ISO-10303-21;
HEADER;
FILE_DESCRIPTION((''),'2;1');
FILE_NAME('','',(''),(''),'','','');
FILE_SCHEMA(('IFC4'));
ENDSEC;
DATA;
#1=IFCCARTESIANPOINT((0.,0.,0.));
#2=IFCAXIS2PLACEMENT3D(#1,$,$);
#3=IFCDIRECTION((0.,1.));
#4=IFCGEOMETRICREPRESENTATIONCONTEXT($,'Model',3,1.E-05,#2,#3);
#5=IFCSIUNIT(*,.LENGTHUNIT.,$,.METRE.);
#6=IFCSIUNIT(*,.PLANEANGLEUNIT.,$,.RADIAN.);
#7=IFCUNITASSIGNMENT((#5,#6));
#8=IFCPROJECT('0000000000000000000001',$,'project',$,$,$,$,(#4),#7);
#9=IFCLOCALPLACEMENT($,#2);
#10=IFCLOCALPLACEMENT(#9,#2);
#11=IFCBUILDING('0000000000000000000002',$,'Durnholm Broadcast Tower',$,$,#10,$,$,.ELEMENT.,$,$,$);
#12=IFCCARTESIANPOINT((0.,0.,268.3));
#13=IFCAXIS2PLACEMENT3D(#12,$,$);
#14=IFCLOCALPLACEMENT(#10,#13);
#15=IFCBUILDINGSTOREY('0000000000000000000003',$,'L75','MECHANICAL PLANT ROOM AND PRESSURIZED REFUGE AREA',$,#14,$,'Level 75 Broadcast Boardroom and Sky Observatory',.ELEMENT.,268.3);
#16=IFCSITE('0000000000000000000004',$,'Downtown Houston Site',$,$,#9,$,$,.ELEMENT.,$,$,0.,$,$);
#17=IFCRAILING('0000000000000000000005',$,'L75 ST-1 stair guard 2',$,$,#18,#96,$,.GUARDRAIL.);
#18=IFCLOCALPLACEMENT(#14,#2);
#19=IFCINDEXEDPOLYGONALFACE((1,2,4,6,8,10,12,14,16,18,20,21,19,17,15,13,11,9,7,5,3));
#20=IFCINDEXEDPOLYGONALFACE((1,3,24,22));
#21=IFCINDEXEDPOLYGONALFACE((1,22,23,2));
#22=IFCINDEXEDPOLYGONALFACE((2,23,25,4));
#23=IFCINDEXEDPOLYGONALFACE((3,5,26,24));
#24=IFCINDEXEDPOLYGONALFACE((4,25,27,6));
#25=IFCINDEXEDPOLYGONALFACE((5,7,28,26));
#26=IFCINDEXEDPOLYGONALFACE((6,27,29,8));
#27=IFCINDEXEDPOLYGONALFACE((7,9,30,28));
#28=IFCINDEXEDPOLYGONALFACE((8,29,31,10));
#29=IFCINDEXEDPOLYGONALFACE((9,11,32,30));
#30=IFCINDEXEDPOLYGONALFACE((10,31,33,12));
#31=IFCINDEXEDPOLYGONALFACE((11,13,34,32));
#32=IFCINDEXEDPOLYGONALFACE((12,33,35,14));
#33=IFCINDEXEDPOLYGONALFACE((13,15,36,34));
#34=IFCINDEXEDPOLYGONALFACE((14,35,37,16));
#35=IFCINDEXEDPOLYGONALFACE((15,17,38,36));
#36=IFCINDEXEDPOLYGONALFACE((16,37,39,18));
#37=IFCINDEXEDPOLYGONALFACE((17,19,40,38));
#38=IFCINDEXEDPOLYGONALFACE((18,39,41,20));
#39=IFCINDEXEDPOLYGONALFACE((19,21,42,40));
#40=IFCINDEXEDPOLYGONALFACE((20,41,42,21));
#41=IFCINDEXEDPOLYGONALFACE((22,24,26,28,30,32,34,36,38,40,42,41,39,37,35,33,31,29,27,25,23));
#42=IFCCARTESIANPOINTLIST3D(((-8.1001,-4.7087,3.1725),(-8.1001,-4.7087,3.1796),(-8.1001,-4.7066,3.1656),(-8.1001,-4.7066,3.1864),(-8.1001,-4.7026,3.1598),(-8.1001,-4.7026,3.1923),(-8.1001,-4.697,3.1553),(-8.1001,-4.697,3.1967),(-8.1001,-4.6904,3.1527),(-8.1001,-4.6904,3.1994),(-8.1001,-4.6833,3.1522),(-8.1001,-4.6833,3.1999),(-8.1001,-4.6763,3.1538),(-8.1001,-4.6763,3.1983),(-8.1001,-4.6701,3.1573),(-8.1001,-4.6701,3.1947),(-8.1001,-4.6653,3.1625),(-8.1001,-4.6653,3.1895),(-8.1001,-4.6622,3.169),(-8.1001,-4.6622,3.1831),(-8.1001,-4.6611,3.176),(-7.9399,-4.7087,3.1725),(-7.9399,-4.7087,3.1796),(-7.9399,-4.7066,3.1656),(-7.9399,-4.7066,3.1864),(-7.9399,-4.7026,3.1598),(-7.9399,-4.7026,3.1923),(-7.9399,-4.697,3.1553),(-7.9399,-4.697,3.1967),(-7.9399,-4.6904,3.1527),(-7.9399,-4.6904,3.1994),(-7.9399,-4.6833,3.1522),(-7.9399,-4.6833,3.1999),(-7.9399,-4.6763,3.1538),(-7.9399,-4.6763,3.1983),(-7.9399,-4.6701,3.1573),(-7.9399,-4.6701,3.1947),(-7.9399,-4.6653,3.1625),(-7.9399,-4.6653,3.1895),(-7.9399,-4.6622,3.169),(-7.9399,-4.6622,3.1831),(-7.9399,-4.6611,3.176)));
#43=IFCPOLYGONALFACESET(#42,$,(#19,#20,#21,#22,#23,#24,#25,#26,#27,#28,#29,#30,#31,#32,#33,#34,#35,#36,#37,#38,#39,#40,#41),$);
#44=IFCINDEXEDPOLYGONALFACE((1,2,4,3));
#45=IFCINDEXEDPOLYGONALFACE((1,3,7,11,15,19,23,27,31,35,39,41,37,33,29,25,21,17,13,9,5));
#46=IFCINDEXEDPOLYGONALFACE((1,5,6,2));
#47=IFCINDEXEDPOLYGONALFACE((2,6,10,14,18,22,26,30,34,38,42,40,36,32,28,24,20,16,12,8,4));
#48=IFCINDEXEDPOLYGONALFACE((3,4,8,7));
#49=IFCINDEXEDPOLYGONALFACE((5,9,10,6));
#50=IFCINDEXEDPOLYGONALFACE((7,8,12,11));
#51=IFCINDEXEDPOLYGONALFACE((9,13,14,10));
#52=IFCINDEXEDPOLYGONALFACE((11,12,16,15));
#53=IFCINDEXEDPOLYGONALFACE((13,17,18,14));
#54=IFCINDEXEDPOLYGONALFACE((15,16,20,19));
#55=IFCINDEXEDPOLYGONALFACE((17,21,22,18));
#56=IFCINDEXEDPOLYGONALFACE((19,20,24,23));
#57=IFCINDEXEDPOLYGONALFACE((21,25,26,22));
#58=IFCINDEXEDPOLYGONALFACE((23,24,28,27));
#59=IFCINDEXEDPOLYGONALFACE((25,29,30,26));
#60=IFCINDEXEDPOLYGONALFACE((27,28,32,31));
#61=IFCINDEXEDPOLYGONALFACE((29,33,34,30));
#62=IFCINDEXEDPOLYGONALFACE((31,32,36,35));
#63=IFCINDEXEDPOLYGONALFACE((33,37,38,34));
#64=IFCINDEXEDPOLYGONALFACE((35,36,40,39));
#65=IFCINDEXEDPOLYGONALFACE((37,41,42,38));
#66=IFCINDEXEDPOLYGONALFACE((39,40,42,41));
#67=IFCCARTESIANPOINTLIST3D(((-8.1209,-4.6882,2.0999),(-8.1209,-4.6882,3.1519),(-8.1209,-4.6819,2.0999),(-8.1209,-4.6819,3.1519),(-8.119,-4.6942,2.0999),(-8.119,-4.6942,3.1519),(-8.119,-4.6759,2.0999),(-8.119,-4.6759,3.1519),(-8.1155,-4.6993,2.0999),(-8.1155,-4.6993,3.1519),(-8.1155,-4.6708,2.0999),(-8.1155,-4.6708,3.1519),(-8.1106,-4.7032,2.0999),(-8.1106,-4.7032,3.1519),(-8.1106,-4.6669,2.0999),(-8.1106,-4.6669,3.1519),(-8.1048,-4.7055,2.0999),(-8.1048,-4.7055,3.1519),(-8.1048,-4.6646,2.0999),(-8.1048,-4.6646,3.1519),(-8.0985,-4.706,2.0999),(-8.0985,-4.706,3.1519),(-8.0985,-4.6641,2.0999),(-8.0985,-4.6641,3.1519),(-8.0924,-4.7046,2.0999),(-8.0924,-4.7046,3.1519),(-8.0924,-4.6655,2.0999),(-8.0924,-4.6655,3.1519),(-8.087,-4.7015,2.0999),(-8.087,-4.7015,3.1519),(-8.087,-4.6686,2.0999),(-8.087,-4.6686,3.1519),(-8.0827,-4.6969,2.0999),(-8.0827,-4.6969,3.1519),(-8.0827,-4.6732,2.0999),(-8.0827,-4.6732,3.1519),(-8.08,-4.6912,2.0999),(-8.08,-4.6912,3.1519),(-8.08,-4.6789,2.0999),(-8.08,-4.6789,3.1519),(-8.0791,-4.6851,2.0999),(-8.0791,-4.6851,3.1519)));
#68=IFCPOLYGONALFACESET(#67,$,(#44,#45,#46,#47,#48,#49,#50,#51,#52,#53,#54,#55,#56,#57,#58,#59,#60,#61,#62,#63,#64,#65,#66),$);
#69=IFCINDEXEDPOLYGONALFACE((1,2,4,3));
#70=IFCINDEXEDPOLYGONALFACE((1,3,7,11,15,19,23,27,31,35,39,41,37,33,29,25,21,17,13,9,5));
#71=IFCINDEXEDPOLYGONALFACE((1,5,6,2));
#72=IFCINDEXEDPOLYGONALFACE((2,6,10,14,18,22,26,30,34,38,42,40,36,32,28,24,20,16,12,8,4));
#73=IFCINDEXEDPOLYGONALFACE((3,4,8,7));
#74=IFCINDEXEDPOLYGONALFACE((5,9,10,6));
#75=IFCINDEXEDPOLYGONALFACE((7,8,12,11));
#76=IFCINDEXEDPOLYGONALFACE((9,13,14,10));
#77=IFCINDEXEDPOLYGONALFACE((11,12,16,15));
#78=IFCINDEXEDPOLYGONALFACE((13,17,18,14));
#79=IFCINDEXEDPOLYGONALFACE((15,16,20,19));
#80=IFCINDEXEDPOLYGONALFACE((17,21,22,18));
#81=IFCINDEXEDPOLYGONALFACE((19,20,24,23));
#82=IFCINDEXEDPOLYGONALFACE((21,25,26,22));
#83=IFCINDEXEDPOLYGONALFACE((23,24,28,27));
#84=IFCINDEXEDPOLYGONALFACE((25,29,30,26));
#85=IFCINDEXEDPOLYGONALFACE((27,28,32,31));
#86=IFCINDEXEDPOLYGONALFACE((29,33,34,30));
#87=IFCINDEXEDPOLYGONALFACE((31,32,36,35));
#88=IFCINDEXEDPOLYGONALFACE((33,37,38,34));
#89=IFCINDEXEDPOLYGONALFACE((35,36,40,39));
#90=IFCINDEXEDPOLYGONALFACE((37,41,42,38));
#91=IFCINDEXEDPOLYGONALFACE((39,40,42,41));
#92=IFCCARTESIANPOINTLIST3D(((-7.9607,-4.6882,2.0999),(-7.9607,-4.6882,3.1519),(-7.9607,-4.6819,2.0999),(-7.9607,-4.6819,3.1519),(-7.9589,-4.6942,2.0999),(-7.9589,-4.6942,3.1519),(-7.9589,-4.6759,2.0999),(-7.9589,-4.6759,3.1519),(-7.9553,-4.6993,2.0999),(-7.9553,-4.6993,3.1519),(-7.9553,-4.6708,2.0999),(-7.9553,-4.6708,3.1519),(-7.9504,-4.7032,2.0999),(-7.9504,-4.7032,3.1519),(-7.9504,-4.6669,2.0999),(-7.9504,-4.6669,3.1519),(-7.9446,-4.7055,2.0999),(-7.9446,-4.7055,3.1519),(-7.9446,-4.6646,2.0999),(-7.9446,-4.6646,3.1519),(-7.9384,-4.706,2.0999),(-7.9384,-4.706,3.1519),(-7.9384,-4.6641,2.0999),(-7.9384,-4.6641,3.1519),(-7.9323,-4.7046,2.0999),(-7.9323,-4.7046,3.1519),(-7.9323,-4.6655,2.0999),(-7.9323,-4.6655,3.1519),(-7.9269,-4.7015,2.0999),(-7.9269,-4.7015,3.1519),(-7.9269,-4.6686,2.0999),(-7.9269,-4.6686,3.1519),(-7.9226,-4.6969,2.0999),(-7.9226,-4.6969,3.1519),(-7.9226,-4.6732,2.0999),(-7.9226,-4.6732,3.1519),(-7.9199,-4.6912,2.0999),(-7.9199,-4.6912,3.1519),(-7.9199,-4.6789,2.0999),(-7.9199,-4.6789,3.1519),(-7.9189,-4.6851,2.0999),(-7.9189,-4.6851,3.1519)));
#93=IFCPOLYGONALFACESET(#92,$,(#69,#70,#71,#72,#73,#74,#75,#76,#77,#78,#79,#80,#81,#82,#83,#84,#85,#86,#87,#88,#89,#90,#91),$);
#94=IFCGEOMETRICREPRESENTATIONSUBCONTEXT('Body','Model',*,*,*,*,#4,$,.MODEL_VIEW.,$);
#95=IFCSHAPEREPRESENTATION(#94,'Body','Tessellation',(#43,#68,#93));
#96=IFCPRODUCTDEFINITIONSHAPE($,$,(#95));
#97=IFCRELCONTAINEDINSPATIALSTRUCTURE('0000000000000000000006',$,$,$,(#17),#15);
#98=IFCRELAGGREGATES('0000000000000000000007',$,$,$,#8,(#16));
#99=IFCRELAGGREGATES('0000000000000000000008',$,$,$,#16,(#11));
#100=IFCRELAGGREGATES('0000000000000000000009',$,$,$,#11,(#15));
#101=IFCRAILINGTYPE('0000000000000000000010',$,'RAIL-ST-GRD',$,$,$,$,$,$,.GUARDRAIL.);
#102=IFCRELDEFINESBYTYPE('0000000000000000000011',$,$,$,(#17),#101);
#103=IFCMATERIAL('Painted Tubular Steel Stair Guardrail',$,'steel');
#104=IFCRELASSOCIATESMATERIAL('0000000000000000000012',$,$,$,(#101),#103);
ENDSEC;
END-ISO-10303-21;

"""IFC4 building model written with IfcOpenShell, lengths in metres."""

from ifc_helpers import new_model, si_unit, direction, frame, origin, origin_2d, place, context, subcontext, project, spatial, circle, extrude, material, type_object, element, save


model = new_model("IFC4")

# Units and contexts
model_context = context("Model", 3, precision=1e-05, world=origin(), true_north=direction((0.0, 1.0)))
body_context = subcontext(model_context, "Body", "Model", "MODEL_VIEW")
ifc_project = project(units=[si_unit("LENGTHUNIT", "METRE"), si_unit("PLANEANGLEUNIT", "RADIAN")], contexts=[model_context])

# Site, building, storey
site_placement = place(None, origin())
site = spatial("IfcSite", under=ifc_project, at=site_placement, Name="Downtown Houston Site", CompositionType="ELEMENT", RefElevation=0.0)
building_placement = place(site_placement, origin())
building = spatial("IfcBuilding", under=site, at=building_placement, Name="Durnholm Broadcast Tower", CompositionType="ELEMENT")
storey_placement = place(building_placement, frame((0.0, 0.0, 268.3)))
storey = spatial("IfcBuildingStorey", under=building, at=storey_placement, Name="L75", Description="MECHANICAL PLANT ROOM AND PRESSURIZED REFUGE AREA", LongName="Level 75 Broadcast Boardroom and Sky Observatory", CompositionType="ELEMENT", Elevation=268.3)

# Railing
ifc_material_1 = material(Name="Painted Tubular Steel Stair Guardrail", Category="steel")
railing_type_1 = type_object("IfcRailingType", Name="RAIL-ST-GRD", PredefinedType="GUARDRAIL", material=ifc_material_1)
railing_1_placement = place(storey_placement, frame((-8.1001, -4.6851, 2.0999)))
element("IfcRailing", 1, at=railing_1_placement, inside=storey, type_object=railing_type_1, Name="L75 ST-1 stair guard 2", PredefinedType="GUARDRAIL", context=body_context, shape_type="SweptSolid", body=[
    extrude(circle(Radius=0.0239, at=origin_2d()), frame((0.0, 0.0, 1.0762), z_axis=(1.0, 0.0, 0.0), x_axis=(0.0, 1.0, 0.0)), (0.0, 0.0, 1.0), 0.1602),
    extrude(circle(Radius=0.021, at=origin_2d()), origin(), (0.0, 0.0, 1.0), 1.052),
    extrude(circle(Radius=0.021, at=origin_2d()), frame((0.1602, 0.0, 0.0)), (0.0, 0.0, 1.0), 1.052),
])

save(model, "model.ifc")
